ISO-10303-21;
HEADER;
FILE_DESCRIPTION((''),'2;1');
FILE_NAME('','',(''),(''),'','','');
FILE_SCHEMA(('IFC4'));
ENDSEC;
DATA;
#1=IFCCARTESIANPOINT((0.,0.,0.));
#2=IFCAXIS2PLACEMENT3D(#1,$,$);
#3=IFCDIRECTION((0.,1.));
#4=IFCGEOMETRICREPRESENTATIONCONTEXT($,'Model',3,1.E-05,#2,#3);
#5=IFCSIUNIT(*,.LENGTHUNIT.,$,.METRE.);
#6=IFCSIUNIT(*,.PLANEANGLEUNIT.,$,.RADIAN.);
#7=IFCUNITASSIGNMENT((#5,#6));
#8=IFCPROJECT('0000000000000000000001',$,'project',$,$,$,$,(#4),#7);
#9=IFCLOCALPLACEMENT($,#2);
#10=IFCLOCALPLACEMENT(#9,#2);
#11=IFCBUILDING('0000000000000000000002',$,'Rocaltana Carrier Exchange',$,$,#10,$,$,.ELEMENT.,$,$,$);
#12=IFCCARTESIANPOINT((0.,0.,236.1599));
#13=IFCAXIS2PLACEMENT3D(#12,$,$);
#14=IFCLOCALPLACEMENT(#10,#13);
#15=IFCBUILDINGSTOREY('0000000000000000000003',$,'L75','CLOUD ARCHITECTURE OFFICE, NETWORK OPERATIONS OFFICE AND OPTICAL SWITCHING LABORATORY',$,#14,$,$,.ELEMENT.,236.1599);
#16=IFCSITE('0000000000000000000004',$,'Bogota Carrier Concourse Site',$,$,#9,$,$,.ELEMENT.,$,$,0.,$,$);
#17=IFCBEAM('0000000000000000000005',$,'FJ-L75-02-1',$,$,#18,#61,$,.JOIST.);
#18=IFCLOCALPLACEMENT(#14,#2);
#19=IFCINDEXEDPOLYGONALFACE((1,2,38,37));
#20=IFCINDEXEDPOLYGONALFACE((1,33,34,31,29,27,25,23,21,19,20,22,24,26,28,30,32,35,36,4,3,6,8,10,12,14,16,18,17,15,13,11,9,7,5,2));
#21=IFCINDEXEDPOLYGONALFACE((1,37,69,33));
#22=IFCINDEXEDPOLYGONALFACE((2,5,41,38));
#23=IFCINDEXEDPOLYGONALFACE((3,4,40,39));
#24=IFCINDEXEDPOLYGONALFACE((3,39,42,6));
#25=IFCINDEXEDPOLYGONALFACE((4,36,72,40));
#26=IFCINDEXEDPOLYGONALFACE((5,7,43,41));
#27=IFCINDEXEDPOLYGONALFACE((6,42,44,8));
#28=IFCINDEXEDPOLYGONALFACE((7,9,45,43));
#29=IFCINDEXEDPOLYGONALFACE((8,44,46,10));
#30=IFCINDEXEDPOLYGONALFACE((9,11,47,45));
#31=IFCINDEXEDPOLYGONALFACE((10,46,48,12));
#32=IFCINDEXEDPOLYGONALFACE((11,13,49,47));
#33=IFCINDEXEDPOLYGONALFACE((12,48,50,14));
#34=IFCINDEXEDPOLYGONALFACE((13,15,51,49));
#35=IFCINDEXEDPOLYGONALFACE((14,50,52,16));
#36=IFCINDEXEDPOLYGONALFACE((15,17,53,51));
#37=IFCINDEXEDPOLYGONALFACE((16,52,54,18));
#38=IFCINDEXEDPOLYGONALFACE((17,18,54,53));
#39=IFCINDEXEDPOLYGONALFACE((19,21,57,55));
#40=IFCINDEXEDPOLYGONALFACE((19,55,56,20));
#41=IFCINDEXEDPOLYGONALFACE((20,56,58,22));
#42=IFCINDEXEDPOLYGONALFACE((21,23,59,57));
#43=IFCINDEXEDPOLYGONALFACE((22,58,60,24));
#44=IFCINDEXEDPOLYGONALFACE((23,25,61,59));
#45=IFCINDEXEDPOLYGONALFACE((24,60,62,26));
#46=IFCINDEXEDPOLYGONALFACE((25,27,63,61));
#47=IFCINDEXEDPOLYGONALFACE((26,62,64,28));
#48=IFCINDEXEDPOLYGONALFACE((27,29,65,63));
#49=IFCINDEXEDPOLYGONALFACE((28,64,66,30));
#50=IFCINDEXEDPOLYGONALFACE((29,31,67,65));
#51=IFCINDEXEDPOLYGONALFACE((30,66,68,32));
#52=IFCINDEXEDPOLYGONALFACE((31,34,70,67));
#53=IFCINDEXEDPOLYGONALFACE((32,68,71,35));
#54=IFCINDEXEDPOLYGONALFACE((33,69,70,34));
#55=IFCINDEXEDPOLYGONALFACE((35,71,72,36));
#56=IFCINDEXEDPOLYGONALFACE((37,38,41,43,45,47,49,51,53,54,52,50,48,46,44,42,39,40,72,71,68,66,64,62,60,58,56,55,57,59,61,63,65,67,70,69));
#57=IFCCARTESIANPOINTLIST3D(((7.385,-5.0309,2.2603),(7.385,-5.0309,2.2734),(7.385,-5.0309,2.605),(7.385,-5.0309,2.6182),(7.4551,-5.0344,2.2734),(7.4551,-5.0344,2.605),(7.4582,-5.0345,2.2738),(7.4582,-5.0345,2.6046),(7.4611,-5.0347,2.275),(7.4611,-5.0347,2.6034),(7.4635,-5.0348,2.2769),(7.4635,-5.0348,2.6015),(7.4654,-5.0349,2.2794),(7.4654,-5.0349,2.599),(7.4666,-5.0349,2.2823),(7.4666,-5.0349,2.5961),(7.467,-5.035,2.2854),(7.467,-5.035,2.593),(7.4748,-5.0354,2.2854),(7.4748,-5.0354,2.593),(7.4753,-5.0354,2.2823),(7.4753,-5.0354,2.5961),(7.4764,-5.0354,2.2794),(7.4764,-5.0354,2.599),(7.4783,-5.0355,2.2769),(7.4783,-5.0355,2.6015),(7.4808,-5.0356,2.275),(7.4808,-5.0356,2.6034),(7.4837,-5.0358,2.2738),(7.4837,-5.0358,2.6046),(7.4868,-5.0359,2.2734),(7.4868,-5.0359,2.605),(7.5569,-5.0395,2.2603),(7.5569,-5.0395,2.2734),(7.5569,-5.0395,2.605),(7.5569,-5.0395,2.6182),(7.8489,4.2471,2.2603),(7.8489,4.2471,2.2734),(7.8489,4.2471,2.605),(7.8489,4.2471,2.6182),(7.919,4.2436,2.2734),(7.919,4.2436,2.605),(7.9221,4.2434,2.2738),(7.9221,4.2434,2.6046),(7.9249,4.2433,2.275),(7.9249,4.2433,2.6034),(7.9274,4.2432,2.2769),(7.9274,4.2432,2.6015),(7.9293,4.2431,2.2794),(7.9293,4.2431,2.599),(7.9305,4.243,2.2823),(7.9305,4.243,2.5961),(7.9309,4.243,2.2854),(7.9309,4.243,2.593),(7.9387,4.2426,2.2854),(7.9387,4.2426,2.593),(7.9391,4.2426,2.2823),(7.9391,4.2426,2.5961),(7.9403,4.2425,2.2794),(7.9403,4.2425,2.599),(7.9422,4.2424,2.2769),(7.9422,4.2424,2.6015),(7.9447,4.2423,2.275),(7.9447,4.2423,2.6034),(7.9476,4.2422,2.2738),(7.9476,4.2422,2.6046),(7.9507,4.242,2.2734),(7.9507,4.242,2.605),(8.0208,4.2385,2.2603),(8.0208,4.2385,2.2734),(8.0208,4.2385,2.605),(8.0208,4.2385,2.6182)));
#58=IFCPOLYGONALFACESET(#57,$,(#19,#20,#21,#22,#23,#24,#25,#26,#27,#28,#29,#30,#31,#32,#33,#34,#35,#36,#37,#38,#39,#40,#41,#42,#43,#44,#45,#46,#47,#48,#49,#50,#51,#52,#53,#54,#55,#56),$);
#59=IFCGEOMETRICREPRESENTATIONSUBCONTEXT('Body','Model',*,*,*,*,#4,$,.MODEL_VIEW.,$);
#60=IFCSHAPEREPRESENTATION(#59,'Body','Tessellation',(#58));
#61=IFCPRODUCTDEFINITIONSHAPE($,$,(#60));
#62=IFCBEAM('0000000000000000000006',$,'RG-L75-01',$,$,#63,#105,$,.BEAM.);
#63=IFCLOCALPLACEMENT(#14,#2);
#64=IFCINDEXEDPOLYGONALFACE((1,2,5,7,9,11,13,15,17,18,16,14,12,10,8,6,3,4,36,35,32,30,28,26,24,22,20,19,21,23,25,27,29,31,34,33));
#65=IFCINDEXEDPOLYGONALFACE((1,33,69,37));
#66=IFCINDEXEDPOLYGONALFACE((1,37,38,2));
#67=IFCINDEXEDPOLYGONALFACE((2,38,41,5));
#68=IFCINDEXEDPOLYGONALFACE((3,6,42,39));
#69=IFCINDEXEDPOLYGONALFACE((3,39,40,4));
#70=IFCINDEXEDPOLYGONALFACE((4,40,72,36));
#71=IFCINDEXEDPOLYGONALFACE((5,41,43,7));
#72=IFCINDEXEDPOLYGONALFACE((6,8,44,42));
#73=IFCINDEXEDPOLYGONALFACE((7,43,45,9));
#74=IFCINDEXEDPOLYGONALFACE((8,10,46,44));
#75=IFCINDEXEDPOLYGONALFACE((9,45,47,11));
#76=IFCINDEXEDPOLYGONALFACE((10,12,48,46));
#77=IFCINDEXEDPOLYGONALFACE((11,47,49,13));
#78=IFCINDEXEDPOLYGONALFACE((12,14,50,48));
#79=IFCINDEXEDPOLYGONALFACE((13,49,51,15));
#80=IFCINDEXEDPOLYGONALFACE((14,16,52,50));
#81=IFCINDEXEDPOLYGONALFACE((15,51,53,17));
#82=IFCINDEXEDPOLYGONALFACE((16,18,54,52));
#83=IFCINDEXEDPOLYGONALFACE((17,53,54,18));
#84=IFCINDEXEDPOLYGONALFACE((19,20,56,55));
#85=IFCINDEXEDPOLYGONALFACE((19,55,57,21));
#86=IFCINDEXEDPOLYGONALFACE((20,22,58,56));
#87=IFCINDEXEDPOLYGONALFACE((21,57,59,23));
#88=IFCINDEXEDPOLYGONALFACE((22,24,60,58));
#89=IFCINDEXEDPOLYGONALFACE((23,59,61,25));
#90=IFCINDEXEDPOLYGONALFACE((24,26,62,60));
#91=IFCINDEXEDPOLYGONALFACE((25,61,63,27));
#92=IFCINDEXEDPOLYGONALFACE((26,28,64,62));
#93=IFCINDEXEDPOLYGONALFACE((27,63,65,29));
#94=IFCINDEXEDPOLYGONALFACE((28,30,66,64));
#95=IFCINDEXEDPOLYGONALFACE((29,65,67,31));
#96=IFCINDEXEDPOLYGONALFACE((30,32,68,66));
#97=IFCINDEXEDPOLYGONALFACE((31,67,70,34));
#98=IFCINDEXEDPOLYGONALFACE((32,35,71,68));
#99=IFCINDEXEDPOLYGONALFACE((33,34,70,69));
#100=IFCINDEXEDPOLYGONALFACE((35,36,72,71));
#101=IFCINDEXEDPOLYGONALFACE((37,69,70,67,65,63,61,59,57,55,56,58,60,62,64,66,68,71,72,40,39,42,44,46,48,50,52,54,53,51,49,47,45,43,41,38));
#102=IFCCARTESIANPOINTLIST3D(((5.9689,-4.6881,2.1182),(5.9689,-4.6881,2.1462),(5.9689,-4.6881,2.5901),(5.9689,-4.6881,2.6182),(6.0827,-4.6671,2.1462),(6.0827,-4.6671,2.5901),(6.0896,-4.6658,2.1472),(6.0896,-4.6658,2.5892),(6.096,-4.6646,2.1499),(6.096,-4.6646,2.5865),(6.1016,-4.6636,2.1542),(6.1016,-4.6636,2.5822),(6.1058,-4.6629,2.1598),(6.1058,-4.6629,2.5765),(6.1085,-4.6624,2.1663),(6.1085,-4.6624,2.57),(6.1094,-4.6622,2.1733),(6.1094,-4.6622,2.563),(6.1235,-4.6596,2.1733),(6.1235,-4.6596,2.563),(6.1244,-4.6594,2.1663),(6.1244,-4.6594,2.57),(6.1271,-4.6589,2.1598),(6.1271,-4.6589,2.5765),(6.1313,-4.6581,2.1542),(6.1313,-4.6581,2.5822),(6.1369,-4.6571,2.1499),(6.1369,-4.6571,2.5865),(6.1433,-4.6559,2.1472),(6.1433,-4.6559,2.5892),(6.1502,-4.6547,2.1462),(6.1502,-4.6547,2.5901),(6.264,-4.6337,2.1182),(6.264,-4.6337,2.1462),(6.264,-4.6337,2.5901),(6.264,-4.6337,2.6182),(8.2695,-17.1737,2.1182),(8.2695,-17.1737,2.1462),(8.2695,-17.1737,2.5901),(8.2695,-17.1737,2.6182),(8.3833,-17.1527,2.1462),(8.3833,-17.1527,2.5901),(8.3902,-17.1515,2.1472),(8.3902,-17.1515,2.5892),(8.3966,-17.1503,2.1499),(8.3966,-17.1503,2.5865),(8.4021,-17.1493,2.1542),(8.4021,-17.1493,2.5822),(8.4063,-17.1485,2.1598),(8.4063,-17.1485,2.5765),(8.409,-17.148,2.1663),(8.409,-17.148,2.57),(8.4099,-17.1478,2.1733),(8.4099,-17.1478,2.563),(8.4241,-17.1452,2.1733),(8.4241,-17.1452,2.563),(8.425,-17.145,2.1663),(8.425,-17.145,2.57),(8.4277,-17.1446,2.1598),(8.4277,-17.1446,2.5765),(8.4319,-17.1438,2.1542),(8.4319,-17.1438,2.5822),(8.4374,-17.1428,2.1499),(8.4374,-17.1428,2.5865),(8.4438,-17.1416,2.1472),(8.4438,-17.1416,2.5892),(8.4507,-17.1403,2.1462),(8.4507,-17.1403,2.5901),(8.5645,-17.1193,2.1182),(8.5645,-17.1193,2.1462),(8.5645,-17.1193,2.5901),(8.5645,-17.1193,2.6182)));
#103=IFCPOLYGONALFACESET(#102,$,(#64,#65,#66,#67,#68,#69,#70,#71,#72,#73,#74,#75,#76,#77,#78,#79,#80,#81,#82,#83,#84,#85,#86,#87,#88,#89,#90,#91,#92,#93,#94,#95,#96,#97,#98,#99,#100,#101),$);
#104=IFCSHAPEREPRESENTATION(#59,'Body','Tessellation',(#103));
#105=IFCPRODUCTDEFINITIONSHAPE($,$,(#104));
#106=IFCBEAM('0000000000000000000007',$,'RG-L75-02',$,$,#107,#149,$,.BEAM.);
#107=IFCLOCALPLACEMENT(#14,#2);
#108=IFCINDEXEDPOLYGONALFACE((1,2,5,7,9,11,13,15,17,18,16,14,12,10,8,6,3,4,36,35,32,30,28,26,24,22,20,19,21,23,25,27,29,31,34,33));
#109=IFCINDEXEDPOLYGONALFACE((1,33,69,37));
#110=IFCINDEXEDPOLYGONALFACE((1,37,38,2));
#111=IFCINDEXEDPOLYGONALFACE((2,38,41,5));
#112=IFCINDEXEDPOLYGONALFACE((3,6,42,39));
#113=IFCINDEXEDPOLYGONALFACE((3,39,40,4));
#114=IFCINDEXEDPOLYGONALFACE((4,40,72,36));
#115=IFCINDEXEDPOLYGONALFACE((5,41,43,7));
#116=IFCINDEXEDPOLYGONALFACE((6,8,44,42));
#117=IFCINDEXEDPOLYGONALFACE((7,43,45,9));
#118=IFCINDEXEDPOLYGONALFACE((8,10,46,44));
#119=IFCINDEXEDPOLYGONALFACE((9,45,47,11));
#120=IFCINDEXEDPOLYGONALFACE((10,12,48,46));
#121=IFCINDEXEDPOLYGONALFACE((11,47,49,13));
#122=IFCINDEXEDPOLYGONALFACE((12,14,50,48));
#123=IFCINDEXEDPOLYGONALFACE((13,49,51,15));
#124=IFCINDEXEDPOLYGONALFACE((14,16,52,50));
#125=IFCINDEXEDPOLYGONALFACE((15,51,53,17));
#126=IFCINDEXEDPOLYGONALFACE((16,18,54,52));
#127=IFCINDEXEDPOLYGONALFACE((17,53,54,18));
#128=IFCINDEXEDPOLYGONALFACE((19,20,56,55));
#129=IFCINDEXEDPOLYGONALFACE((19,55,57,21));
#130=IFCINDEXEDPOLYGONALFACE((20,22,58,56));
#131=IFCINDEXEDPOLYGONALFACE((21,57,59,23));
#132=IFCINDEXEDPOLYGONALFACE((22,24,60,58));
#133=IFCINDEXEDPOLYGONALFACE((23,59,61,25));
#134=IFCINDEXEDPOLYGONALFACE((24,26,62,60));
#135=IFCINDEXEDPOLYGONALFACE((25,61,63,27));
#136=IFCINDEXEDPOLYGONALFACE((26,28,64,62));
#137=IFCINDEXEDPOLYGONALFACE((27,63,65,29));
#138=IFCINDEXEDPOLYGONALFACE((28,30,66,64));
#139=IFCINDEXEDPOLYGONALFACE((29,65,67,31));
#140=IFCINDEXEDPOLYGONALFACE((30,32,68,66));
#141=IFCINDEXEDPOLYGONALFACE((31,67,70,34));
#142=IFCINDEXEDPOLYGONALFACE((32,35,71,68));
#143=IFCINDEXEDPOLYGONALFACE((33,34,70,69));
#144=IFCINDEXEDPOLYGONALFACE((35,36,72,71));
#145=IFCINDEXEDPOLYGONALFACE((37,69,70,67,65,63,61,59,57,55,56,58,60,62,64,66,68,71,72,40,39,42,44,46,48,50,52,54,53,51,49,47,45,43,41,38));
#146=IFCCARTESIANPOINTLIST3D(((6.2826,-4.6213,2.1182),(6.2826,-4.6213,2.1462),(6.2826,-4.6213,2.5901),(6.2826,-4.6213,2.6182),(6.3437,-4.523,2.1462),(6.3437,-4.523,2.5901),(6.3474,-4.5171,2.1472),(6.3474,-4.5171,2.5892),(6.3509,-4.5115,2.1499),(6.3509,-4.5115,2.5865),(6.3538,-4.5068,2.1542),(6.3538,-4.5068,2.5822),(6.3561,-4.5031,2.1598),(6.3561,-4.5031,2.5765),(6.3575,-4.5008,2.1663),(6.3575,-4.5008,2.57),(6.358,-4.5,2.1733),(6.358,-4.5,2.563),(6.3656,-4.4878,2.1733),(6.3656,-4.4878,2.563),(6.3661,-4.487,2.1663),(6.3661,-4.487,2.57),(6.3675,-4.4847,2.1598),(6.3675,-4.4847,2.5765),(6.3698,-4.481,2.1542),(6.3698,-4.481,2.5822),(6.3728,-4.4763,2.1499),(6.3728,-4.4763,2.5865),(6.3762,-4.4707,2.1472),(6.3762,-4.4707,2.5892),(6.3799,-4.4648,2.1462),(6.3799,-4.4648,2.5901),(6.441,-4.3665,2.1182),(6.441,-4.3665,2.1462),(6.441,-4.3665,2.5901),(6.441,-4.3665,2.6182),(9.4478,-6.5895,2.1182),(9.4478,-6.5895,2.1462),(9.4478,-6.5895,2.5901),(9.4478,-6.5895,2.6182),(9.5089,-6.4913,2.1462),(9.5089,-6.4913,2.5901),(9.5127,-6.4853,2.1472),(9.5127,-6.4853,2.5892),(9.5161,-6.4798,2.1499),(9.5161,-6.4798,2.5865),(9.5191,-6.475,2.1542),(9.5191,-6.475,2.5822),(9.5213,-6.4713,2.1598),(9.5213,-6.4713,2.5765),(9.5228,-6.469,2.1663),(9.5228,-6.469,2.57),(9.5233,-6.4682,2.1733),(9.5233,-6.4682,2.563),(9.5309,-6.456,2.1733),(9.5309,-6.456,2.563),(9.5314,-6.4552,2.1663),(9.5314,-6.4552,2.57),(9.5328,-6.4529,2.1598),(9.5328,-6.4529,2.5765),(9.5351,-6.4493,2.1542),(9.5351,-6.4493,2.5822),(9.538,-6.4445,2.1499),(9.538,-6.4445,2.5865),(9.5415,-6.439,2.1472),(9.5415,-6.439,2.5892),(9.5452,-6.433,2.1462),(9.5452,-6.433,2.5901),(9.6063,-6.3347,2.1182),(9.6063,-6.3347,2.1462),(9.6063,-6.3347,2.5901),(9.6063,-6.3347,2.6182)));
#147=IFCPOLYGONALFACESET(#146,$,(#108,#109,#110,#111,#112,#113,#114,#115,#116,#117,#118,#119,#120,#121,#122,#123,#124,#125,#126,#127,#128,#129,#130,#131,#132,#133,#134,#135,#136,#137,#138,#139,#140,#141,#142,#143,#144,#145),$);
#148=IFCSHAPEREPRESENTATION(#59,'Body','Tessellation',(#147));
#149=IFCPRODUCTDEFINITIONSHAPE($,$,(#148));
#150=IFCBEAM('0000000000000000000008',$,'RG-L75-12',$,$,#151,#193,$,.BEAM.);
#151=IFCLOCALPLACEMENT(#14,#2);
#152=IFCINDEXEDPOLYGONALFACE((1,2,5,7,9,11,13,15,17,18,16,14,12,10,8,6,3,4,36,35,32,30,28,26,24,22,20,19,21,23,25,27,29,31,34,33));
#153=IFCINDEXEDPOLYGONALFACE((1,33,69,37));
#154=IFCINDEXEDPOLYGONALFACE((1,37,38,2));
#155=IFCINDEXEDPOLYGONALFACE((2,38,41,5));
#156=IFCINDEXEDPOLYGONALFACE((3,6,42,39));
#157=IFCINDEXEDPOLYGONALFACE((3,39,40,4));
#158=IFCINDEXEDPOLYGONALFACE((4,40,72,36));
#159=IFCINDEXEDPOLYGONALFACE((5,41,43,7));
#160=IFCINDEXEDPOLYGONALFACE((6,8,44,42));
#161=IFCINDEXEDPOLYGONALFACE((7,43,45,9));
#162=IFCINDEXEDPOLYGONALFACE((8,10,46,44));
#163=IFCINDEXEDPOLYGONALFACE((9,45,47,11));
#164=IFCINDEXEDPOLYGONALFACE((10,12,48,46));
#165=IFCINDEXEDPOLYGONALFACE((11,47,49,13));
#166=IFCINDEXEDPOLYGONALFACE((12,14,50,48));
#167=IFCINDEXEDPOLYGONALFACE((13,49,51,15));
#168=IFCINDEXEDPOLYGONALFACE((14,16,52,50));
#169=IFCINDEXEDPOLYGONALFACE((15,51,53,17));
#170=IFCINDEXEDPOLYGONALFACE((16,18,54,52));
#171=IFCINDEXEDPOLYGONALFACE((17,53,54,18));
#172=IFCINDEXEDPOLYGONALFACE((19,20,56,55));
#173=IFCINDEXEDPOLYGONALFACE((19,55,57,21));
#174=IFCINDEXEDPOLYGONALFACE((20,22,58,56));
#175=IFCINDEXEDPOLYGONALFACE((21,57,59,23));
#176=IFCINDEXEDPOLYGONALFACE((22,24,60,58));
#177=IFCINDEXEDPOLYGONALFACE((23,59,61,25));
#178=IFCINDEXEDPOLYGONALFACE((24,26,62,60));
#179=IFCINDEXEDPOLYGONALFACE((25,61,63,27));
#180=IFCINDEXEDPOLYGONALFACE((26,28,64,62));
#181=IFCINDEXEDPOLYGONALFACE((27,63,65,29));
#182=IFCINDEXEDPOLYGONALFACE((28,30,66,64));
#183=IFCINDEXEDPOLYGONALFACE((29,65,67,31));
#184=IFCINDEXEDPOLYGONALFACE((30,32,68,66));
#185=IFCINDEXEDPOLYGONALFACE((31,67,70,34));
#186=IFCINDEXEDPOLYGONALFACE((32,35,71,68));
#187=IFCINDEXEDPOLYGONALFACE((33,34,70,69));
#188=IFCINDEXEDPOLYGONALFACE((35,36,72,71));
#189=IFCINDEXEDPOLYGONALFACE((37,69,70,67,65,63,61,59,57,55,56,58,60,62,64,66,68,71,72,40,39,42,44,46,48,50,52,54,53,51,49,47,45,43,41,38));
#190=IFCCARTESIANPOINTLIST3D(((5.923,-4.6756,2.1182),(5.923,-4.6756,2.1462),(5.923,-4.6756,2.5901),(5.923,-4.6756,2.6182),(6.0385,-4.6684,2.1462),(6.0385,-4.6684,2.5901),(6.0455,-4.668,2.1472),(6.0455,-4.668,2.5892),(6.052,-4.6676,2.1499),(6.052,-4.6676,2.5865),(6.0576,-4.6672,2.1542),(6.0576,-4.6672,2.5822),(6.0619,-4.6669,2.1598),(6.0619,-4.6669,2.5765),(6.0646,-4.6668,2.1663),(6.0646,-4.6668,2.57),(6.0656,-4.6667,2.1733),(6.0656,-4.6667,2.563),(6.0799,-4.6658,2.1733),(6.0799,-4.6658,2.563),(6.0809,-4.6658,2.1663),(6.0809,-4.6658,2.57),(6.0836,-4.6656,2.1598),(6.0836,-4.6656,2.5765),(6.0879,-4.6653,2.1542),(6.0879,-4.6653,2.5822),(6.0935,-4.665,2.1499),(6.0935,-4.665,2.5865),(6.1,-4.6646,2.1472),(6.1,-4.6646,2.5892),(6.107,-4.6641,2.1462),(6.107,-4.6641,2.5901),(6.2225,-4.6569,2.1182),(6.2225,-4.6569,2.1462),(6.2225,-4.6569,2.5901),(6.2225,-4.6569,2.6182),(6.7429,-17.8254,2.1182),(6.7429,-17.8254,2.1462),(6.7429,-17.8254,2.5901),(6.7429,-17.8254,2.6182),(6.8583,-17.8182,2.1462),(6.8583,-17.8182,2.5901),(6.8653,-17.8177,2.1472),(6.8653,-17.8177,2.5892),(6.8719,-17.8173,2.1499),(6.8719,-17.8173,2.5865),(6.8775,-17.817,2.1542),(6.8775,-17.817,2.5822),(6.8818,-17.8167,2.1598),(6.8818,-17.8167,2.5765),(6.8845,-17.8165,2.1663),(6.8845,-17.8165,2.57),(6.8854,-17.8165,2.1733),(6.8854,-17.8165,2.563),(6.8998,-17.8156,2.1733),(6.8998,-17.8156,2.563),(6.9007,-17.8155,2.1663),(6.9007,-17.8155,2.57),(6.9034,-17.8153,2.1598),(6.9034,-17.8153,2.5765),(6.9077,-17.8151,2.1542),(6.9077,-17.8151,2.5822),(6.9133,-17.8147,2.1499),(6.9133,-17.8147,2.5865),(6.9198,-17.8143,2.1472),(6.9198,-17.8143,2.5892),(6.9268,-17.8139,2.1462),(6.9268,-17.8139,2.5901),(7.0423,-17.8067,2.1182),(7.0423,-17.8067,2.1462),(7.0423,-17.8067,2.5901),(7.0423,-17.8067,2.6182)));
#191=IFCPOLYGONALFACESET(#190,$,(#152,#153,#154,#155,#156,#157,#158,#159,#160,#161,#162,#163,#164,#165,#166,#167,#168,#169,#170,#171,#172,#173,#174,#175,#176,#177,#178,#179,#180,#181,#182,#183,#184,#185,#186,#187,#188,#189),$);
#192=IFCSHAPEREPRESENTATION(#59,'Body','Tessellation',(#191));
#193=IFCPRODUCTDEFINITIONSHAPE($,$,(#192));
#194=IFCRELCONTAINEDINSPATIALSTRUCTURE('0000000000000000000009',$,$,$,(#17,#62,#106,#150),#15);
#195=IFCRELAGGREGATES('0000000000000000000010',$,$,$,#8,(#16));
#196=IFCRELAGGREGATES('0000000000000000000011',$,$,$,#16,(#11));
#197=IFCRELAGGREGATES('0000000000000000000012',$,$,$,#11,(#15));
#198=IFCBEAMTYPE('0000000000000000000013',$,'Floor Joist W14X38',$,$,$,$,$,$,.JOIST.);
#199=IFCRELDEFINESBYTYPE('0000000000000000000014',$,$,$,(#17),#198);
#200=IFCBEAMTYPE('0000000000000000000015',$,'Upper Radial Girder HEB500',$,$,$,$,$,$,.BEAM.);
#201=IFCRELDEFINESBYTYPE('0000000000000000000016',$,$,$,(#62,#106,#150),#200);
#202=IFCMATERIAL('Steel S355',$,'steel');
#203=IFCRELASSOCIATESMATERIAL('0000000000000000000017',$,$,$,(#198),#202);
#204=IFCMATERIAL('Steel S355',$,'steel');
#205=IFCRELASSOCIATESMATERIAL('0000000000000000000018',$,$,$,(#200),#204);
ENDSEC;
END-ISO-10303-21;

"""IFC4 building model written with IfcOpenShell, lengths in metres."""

from ifc_helpers import new_model, si_unit, direction, frame, origin, origin_2d, place, context, subcontext, project, spatial, i_section, extrude, material, material_profile, profile_set, type_object, element, save


model = new_model("IFC4")

# Units and contexts
model_context = context("Model", 3, precision=1e-05, world=origin(), true_north=direction((0.0, 1.0)))
body_context = subcontext(model_context, "Body", "Model", "MODEL_VIEW")
ifc_project = project(units=[si_unit("LENGTHUNIT", "METRE"), si_unit("PLANEANGLEUNIT", "RADIAN")], contexts=[model_context])

# Site, building, storey
site_placement = place(None, origin())
site = spatial("IfcSite", under=ifc_project, at=site_placement, Name="Bogota Carrier Concourse Site", CompositionType="ELEMENT", RefElevation=0.0)
building_placement = place(site_placement, origin())
building = spatial("IfcBuilding", under=site, at=building_placement, Name="Rocaltana Carrier Exchange", CompositionType="ELEMENT")
storey_placement = place(building_placement, frame((0.0, 0.0, 236.1599)))
storey = spatial("IfcBuildingStorey", under=building, at=storey_placement, Name="L75", Description="CLOUD ARCHITECTURE OFFICE, NETWORK OPERATIONS OFFICE AND OPTICAL SWITCHING LABORATORY", CompositionType="ELEMENT", Elevation=236.1599)

# Beams
ifc_material_1 = material(Name="Steel S355", Category="steel")
ifc_material_profile_1 = material_profile(ifc_material_1, i_section(OverallWidth=0.1721, OverallDepth=0.3579, WebThickness=0.0078, FlangeThickness=0.0132, FilletRadius=0.012, at=origin_2d()), Name="W14X38")
ifc_profile_set_1 = profile_set([ifc_material_profile_1], Name="Steel S355")
beam_type_1 = type_object("IfcBeamType", Name="Floor Joist W14X38", PredefinedType="JOIST", material=ifc_profile_set_1)
beam_1_placement = place(storey_placement, frame((7.4709, -5.0352, 2.4392), z_axis=(0.049934, 0.998753, 0.0), x_axis=(-0.998753, 0.049934, 0.0)))
element("IfcBeam", 1, at=beam_1_placement, inside=storey, type_object=beam_type_1, Name="FJ-L75-02-1", PredefinedType="JOIST", context=body_context, shape_type="SweptSolid", body=[
    extrude(i_section(OverallWidth=0.1721, OverallDepth=0.3579, WebThickness=0.0078, FlangeThickness=0.0132, FilletRadius=0.012, at=origin_2d()), origin(), (0.0, 0.0, 1.0), 9.2896),
])
ifc_material_2 = material(Name="Steel S355", Category="steel")
ifc_material_profile_2 = material_profile(ifc_material_2, i_section(OverallWidth=0.3, OverallDepth=0.5, WebThickness=0.0144, FlangeThickness=0.0281, FilletRadius=0.0271, at=origin_2d()), Name="HEB500")
ifc_profile_set_2 = profile_set([ifc_material_profile_2], Name="Steel S355")
beam_type_2 = type_object("IfcBeamType", Name="Upper Radial Girder HEB500", PredefinedType="BEAM", material=ifc_profile_set_2)
beam_2_placement = place(storey_placement, frame((6.1165, -4.6609, 2.3682), z_axis=(0.181205, -0.983445, 0.0), x_axis=(0.983445, 0.181205, 0.0)))
element("IfcBeam", 2, at=beam_2_placement, inside=storey, type_object=beam_type_2, Name="RG-L75-01", PredefinedType="BEAM", context=body_context, shape_type="SweptSolid", body=[
    extrude(i_section(OverallWidth=0.3, OverallDepth=0.5, WebThickness=0.0144, FlangeThickness=0.0281, FilletRadius=0.0271, at=origin_2d()), origin(), (0.0, 0.0, 1.0), 12.6958),
])
beam_3_placement = place(storey_placement, frame((6.3618, -4.4939, 2.3682), z_axis=(0.849207, -0.528061, 0.0), x_axis=(0.528061, 0.849207, 0.0)))
element("IfcBeam", 3, at=beam_3_placement, inside=storey, type_object=beam_type_2, Name="RG-L75-02", PredefinedType="BEAM", context=body_context, shape_type="SweptSolid", body=[
    extrude(i_section(OverallWidth=0.3, OverallDepth=0.5, WebThickness=0.0144, FlangeThickness=0.0281, FilletRadius=0.0271, at=origin_2d()), origin(), (0.0, 0.0, 1.0), 3.7273),
])
beam_4_placement = place(storey_placement, frame((6.0728, -4.6663, 2.3682), z_axis=(0.062225, -0.998062, 0.0), x_axis=(0.998062, 0.062225, 0.0)))
element("IfcBeam", 4, at=beam_4_placement, inside=storey, type_object=beam_type_2, Name="RG-L75-12", PredefinedType="BEAM", context=body_context, shape_type="SweptSolid", body=[
    extrude(i_section(OverallWidth=0.3, OverallDepth=0.5, WebThickness=0.0144, FlangeThickness=0.0281, FilletRadius=0.0271, at=origin_2d()), origin(), (0.0, 0.0, 1.0), 13.1753),
])

save(model, "model.ifc")
